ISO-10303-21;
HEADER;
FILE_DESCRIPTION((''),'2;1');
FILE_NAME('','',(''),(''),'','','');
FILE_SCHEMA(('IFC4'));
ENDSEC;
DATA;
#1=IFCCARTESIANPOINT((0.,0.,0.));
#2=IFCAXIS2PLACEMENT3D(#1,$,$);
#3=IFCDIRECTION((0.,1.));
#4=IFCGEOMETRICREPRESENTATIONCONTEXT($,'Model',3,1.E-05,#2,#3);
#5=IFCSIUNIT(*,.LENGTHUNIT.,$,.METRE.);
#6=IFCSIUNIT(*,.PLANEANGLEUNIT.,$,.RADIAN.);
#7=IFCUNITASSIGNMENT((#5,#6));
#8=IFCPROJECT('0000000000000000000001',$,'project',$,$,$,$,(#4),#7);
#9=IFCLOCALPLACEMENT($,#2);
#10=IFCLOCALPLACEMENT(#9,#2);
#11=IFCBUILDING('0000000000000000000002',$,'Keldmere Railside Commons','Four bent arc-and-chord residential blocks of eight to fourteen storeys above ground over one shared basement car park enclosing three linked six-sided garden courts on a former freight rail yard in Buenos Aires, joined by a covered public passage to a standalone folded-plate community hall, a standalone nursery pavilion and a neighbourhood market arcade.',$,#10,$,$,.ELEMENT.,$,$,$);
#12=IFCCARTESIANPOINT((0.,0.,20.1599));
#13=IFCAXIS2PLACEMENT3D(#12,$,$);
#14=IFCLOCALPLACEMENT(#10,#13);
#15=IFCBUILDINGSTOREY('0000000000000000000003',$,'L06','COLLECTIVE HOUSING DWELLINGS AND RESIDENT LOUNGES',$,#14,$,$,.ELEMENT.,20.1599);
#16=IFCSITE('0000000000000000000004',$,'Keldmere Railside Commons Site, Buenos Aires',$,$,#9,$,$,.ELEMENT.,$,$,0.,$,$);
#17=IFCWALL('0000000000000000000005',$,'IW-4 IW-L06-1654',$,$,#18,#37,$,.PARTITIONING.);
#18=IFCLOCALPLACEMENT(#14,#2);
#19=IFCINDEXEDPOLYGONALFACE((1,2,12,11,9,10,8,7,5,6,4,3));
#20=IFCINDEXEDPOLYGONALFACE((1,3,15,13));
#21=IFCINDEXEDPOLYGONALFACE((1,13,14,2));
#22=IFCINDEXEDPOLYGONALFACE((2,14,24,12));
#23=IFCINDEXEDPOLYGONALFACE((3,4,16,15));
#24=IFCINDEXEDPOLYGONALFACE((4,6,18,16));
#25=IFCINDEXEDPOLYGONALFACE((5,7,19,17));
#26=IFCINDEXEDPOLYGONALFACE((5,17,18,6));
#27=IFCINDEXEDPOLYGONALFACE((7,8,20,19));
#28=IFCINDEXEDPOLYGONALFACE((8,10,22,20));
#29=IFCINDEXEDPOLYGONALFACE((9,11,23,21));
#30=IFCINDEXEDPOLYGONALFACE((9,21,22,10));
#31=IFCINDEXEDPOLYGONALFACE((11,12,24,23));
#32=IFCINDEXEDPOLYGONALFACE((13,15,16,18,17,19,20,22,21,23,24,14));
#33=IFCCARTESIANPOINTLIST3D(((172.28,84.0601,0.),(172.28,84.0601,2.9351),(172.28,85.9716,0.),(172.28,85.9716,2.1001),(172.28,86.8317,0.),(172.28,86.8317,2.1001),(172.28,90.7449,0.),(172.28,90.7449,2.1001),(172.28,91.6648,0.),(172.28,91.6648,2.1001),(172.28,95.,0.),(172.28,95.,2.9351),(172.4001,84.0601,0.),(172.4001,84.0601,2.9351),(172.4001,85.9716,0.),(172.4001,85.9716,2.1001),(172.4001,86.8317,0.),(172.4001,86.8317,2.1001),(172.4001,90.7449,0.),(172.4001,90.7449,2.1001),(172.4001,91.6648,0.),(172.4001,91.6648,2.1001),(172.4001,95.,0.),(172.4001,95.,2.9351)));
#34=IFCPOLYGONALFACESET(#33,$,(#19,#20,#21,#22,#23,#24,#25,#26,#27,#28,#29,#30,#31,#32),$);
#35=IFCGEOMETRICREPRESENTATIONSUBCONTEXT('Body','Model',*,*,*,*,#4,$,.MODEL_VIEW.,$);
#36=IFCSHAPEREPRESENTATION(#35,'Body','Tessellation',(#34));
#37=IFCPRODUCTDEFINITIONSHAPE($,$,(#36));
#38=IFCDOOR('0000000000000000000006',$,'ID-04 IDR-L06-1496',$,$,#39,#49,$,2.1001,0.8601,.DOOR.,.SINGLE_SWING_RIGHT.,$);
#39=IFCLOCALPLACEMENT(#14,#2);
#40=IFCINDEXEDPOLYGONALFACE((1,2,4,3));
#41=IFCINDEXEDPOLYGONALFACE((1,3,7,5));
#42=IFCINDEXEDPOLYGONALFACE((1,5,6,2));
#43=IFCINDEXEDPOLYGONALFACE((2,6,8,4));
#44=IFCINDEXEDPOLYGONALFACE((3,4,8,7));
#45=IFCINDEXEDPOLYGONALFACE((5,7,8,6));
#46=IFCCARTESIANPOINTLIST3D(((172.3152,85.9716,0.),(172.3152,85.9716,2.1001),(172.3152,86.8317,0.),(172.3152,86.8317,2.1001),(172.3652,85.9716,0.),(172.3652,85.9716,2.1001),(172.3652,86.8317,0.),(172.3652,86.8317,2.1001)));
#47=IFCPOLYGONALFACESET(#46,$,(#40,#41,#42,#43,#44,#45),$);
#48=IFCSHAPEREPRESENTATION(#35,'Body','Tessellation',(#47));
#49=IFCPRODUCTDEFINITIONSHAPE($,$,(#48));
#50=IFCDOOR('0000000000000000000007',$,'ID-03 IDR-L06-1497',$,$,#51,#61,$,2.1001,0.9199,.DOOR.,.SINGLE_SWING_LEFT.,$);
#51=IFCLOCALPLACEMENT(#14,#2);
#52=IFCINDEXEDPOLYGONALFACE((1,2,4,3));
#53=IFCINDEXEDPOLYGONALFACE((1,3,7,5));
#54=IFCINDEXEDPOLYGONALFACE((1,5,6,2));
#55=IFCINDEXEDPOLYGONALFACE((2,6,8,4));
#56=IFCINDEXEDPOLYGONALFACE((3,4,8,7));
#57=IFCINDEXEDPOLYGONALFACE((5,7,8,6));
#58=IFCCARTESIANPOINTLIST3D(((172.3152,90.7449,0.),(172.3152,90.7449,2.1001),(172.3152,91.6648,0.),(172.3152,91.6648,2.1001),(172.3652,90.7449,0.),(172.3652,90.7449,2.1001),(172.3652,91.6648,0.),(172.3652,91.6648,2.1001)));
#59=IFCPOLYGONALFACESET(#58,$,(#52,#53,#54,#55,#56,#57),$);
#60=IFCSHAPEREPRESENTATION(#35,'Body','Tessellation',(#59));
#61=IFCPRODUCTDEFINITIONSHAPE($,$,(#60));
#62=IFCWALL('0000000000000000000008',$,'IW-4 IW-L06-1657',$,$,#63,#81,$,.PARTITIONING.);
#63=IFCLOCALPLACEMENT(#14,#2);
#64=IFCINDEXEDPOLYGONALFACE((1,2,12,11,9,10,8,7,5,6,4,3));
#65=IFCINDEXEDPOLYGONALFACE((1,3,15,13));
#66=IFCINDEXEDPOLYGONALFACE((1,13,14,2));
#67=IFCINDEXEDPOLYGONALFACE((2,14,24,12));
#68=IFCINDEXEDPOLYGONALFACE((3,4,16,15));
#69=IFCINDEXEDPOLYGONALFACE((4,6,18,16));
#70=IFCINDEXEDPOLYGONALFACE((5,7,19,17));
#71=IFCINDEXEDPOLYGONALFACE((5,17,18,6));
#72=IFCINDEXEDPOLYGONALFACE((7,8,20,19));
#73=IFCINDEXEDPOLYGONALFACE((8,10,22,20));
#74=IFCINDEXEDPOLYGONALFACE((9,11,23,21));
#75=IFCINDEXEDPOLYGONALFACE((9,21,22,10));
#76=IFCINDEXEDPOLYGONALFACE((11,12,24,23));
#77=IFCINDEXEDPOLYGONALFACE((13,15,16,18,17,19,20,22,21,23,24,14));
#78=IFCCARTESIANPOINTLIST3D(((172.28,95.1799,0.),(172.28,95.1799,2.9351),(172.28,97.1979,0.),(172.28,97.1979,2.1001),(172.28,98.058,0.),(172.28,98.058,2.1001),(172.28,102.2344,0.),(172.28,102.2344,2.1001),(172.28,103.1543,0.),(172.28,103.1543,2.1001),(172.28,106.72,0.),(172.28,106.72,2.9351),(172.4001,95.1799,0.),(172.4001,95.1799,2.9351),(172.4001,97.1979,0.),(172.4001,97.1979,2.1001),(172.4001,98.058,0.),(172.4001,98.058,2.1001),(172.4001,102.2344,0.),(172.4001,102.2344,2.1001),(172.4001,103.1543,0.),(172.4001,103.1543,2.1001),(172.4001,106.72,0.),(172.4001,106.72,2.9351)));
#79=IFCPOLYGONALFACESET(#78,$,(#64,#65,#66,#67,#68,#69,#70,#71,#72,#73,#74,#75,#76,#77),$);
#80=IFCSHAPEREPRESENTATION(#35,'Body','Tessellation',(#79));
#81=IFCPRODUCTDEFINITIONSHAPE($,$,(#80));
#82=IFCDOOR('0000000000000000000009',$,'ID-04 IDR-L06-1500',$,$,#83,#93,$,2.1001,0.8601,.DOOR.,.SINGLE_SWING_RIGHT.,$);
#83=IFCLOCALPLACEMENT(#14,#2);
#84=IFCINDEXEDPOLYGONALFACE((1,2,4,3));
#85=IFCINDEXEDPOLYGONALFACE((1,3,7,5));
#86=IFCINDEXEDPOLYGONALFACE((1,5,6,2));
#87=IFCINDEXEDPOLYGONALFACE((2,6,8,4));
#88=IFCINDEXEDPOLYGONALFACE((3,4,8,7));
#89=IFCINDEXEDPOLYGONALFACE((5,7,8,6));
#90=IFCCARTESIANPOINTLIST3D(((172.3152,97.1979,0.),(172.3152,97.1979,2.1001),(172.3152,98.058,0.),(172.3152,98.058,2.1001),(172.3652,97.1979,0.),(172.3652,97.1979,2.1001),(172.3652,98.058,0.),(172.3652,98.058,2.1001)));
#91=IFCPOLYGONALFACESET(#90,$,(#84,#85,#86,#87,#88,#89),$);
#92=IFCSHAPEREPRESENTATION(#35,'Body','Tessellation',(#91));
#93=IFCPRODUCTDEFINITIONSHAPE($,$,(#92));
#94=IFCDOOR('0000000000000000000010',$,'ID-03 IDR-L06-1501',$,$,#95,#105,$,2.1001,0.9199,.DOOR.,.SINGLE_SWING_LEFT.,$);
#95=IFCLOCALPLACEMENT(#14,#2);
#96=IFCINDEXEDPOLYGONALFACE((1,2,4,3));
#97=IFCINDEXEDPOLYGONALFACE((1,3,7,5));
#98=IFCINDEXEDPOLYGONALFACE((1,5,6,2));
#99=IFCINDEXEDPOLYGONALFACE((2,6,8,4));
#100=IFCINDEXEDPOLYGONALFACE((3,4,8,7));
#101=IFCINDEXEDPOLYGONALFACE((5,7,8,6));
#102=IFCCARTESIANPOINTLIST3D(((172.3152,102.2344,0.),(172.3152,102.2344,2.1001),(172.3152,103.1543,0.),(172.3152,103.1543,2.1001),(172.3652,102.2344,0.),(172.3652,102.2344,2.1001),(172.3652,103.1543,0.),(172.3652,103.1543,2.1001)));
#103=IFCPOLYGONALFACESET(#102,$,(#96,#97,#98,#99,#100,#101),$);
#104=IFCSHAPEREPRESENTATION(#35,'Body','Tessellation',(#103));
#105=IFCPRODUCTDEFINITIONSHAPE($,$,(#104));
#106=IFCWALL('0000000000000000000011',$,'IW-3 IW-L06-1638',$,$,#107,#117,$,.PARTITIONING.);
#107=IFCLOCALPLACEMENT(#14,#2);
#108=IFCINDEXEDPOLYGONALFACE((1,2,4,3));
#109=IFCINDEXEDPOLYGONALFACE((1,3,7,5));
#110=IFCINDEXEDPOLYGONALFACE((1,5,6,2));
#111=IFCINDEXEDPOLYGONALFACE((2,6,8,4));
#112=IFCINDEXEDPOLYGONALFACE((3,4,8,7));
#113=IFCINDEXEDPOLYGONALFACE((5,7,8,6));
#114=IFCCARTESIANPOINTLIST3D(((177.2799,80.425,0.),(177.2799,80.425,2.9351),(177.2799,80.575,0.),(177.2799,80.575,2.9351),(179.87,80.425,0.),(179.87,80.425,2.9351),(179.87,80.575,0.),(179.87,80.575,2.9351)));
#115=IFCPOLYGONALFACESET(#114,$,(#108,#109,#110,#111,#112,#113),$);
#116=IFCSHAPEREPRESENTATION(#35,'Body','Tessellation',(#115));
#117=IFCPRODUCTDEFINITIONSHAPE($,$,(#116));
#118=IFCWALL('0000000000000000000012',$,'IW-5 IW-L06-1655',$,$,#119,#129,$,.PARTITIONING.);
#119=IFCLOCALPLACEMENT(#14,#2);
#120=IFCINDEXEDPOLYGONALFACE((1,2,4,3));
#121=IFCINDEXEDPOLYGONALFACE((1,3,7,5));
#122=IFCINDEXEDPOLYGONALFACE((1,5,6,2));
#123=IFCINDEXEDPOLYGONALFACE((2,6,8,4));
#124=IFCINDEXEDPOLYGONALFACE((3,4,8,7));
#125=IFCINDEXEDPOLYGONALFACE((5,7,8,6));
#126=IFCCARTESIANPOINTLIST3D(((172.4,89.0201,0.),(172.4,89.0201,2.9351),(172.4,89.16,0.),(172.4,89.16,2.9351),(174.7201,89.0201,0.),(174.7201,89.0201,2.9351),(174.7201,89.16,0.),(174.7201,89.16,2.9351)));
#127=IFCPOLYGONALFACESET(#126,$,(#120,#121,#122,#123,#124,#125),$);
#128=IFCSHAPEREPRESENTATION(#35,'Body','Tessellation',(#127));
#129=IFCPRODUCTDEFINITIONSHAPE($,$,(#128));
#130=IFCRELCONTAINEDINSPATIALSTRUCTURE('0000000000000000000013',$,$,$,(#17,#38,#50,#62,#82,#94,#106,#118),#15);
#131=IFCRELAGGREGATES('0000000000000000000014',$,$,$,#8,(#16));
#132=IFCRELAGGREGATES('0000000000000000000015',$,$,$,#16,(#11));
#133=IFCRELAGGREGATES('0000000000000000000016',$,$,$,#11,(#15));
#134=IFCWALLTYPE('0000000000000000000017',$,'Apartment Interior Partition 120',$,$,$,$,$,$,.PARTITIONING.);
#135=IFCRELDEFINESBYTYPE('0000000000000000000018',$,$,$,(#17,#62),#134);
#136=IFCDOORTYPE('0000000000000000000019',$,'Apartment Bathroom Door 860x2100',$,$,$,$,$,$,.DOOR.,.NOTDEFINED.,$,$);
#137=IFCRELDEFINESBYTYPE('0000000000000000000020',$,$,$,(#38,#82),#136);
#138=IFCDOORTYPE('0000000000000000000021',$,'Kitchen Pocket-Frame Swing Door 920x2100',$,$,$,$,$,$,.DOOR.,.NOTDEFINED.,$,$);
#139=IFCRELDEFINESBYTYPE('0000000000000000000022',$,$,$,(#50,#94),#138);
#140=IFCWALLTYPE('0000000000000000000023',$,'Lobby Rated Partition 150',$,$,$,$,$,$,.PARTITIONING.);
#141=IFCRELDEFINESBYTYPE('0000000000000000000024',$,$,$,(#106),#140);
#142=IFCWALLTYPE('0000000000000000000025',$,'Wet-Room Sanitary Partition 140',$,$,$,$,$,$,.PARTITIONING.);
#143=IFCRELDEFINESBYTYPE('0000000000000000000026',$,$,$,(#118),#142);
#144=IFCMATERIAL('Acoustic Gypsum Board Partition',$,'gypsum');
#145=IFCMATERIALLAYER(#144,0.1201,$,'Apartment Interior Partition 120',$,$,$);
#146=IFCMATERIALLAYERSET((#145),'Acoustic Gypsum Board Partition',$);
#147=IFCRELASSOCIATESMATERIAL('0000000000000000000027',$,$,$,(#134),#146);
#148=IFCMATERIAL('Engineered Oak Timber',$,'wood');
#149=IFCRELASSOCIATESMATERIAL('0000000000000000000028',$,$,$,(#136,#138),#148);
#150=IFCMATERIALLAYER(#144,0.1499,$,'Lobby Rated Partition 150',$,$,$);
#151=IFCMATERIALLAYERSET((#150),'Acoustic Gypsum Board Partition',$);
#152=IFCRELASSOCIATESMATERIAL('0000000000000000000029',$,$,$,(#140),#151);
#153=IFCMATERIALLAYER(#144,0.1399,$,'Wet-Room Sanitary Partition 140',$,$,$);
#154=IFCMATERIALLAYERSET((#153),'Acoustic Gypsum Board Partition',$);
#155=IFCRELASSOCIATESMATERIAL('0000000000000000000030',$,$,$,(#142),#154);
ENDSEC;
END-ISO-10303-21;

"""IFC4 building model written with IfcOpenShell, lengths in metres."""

from ifc_helpers import new_model, si_unit, direction, frame, frame_2d, origin, place, context, subcontext, project, spatial, rectangle, extrude, material, layer, layer_set, type_object, element, fill, save


model = new_model("IFC4")

# Units and contexts
model_context = context("Model", 3, precision=1e-05, world=origin(), true_north=direction((0.0, 1.0)))
body_context = subcontext(model_context, "Body", "Model", "MODEL_VIEW")
ifc_project = project(units=[si_unit("LENGTHUNIT", "METRE"), si_unit("PLANEANGLEUNIT", "RADIAN")], contexts=[model_context])

# Site, building, storey
site_placement = place(None, origin())
site = spatial("IfcSite", under=ifc_project, at=site_placement, Name="Keldmere Railside Commons Site, Buenos Aires", CompositionType="ELEMENT", RefElevation=0.0)
building_placement = place(site_placement, origin())
building = spatial("IfcBuilding", under=site, at=building_placement, Name="Keldmere Railside Commons", Description="Four bent arc-and-chord residential blocks of eight to fourteen storeys above ground over one shared basement car park enclosing three linked six-sided garden courts on a former freight rail yard in Buenos Aires, joined by a covered public passage to a standalone folded-plate community hall, a standalone nursery pavilion and a neighbourhood market arcade.", CompositionType="ELEMENT")
storey_placement = place(building_placement, frame((0.0, 0.0, 20.1599)))
storey = spatial("IfcBuildingStorey", under=building, at=storey_placement, Name="L06", Description="COLLECTIVE HOUSING DWELLINGS AND RESIDENT LOUNGES", CompositionType="ELEMENT", Elevation=20.1599)

# Shared definitions
ifc_material_1 = material(Name="Acoustic Gypsum Board Partition", Category="gypsum")

# Shared definitions
ifc_layer_1 = layer(ifc_material_1, 0.1201, Name="Apartment Interior Partition 120")
ifc_layer_set_1 = layer_set([ifc_layer_1], Name="Acoustic Gypsum Board Partition")
wall_type_1 = type_object("IfcWallType", Name="Apartment Interior Partition 120", PredefinedType="PARTITIONING", material=ifc_layer_set_1)
ifc_material_2 = material(Name="Engineered Oak Timber", Category="wood")

# Walls, openings, doors
wall_1_placement = place(storey_placement, frame((172.3401, 84.0601, 0.0), z_axis=(0.0, 0.0, 1.0), x_axis=(0.0, 1.0, 0.0)))
wall_1 = element("IfcWall", 1, at=wall_1_placement, inside=storey, type_object=wall_type_1, Name="IW-4 IW-L06-1654", PredefinedType="PARTITIONING", context=body_context, shape_type="SweptSolid", body=[
    extrude(rectangle(XDim=10.9399, YDim=0.1201, at=frame_2d((5.47, 0.0))), origin(), (0.0, 0.0, 1.0), 2.9351),
])
opening_1_placement = place(wall_1_placement, frame((1.9114, 0.0, 0.0)))
opening_1 = element("IfcOpeningElement", 2, at=opening_1_placement, cuts=wall_1, PredefinedType="OPENING", context=body_context, shape_type="SweptSolid", body=[
    extrude(rectangle(XDim=0.8601, YDim=2.1001, at=frame_2d((0.4302, 1.05))), frame((0.0, 0.0701, 0.0), z_axis=(0.0, -1.0, 0.0), x_axis=(1.0, 0.0, 0.0)), (0.0, 0.0, 1.0), 0.1401),
])
opening_2_placement = place(wall_1_placement, frame((6.6848, 0.0, 0.0)))
opening_2 = element("IfcOpeningElement", 3, at=opening_2_placement, cuts=wall_1, PredefinedType="OPENING", context=body_context, shape_type="SweptSolid", body=[
    extrude(rectangle(XDim=0.9199, YDim=2.1001, at=frame_2d((0.46, 1.05))), frame((0.0, 0.0701, 0.0), z_axis=(0.0, -1.0, 0.0), x_axis=(1.0, 0.0, 0.0)), (0.0, 0.0, 1.0), 0.1401),
])
door_type_1 = type_object("IfcDoorType", Name="Apartment Bathroom Door 860x2100", OperationType="NOTDEFINED", PredefinedType="DOOR", material=ifc_material_2)
door_1_placement = place(opening_1_placement, origin())
door_1 = element("IfcDoor", 4, at=door_1_placement, inside=storey, type_object=door_type_1, Name="ID-04 IDR-L06-1496", OperationType="SINGLE_SWING_RIGHT", OverallHeight=2.1001, OverallWidth=0.8601, PredefinedType="DOOR", context=body_context, shape_type="SweptSolid", body=[
    extrude(rectangle(XDim=0.8601, YDim=2.1001, at=frame_2d((0.4302, 1.05))), frame((0.0, 0.0249, 0.0), z_axis=(0.0, -1.0, 0.0), x_axis=(1.0, 0.0, 0.0)), (0.0, 0.0, 1.0), 0.05),
])
fill(opening_1, door_1)
door_type_2 = type_object("IfcDoorType", Name="Kitchen Pocket-Frame Swing Door 920x2100", OperationType="NOTDEFINED", PredefinedType="DOOR", material=ifc_material_2)
door_2_placement = place(opening_2_placement, origin())
door_2 = element("IfcDoor", 5, at=door_2_placement, inside=storey, type_object=door_type_2, Name="ID-03 IDR-L06-1497", OperationType="SINGLE_SWING_LEFT", OverallHeight=2.1001, OverallWidth=0.9199, PredefinedType="DOOR", context=body_context, shape_type="SweptSolid", body=[
    extrude(rectangle(XDim=0.9199, YDim=2.1001, at=frame_2d((0.46, 1.05))), frame((0.0, 0.0249, 0.0), z_axis=(0.0, -1.0, 0.0), x_axis=(1.0, 0.0, 0.0)), (0.0, 0.0, 1.0), 0.05),
])
fill(opening_2, door_2)
wall_2_placement = place(storey_placement, frame((172.3401, 95.1799, 0.0), z_axis=(0.0, 0.0, 1.0), x_axis=(0.0, 1.0, 0.0)))
wall_2 = element("IfcWall", 6, at=wall_2_placement, inside=storey, type_object=wall_type_1, Name="IW-4 IW-L06-1657", PredefinedType="PARTITIONING", context=body_context, shape_type="SweptSolid", body=[
    extrude(rectangle(XDim=11.54, YDim=0.1201, at=frame_2d((5.77, 0.0))), origin(), (0.0, 0.0, 1.0), 2.9351),
])
opening_3_placement = place(wall_2_placement, frame((2.0178, 0.0, 0.0)))
opening_3 = element("IfcOpeningElement", 7, at=opening_3_placement, cuts=wall_2, PredefinedType="OPENING", context=body_context, shape_type="SweptSolid", body=[
    extrude(rectangle(XDim=0.8601, YDim=2.1001, at=frame_2d((0.4302, 1.05))), frame((0.0, 0.0701, 0.0), z_axis=(0.0, -1.0, 0.0), x_axis=(1.0, 0.0, 0.0)), (0.0, 0.0, 1.0), 0.1401),
])
opening_4_placement = place(wall_2_placement, frame((7.0544, 0.0, 0.0)))
opening_4 = element("IfcOpeningElement", 8, at=opening_4_placement, cuts=wall_2, PredefinedType="OPENING", context=body_context, shape_type="SweptSolid", body=[
    extrude(rectangle(XDim=0.9199, YDim=2.1001, at=frame_2d((0.46, 1.05))), frame((0.0, 0.0701, 0.0), z_axis=(0.0, -1.0, 0.0), x_axis=(1.0, 0.0, 0.0)), (0.0, 0.0, 1.0), 0.1401),
])
door_3_placement = place(opening_3_placement, origin())
door_3 = element("IfcDoor", 9, at=door_3_placement, inside=storey, type_object=door_type_1, Name="ID-04 IDR-L06-1500", OperationType="SINGLE_SWING_RIGHT", OverallHeight=2.1001, OverallWidth=0.8601, PredefinedType="DOOR", context=body_context, shape_type="SweptSolid", body=[
    extrude(rectangle(XDim=0.8601, YDim=2.1001, at=frame_2d((0.4302, 1.05))), frame((0.0, 0.0249, 0.0), z_axis=(0.0, -1.0, 0.0), x_axis=(1.0, 0.0, 0.0)), (0.0, 0.0, 1.0), 0.05),
])
fill(opening_3, door_3)
door_4_placement = place(opening_4_placement, origin())
door_4 = element("IfcDoor", 10, at=door_4_placement, inside=storey, type_object=door_type_2, Name="ID-03 IDR-L06-1501", OperationType="SINGLE_SWING_LEFT", OverallHeight=2.1001, OverallWidth=0.9199, PredefinedType="DOOR", context=body_context, shape_type="SweptSolid", body=[
    extrude(rectangle(XDim=0.9199, YDim=2.1001, at=frame_2d((0.46, 1.05))), frame((0.0, 0.0249, 0.0), z_axis=(0.0, -1.0, 0.0), x_axis=(1.0, 0.0, 0.0)), (0.0, 0.0, 1.0), 0.05),
])
fill(opening_4, door_4)

# Walls
ifc_layer_2 = layer(ifc_material_1, 0.1499, Name="Lobby Rated Partition 150")
ifc_layer_set_2 = layer_set([ifc_layer_2], Name="Acoustic Gypsum Board Partition")
wall_type_2 = type_object("IfcWallType", Name="Lobby Rated Partition 150", PredefinedType="PARTITIONING", material=ifc_layer_set_2)
wall_3_placement = place(storey_placement, frame((177.28, 80.5, 0.0), z_axis=(0.0, 0.0, 1.0), x_axis=(1.0, 0.0, 0.0)))
element("IfcWall", 11, at=wall_3_placement, inside=storey, type_object=wall_type_2, Name="IW-3 IW-L06-1638", PredefinedType="PARTITIONING", context=body_context, shape_type="SweptSolid", body=[
    extrude(rectangle(XDim=2.5901, YDim=0.1499, at=frame_2d((1.2949, 0.0))), origin(), (0.0, 0.0, 1.0), 2.9351),
])
ifc_layer_3 = layer(ifc_material_1, 0.1399, Name="Wet-Room Sanitary Partition 140")
ifc_layer_set_3 = layer_set([ifc_layer_3], Name="Acoustic Gypsum Board Partition")
wall_type_3 = type_object("IfcWallType", Name="Wet-Room Sanitary Partition 140", PredefinedType="PARTITIONING", material=ifc_layer_set_3)
wall_4_placement = place(storey_placement, frame((172.3999, 89.0901, 0.0), z_axis=(0.0, 0.0, 1.0), x_axis=(1.0, 0.0, 0.0)))
element("IfcWall", 12, at=wall_4_placement, inside=storey, type_object=wall_type_3, Name="IW-5 IW-L06-1655", PredefinedType="PARTITIONING", context=body_context, shape_type="SweptSolid", body=[
    extrude(rectangle(XDim=2.3201, YDim=0.1399, at=frame_2d((1.1602, 0.0))), origin(), (0.0, 0.0, 1.0), 2.9351),
])

save(model, "model.ifc")
